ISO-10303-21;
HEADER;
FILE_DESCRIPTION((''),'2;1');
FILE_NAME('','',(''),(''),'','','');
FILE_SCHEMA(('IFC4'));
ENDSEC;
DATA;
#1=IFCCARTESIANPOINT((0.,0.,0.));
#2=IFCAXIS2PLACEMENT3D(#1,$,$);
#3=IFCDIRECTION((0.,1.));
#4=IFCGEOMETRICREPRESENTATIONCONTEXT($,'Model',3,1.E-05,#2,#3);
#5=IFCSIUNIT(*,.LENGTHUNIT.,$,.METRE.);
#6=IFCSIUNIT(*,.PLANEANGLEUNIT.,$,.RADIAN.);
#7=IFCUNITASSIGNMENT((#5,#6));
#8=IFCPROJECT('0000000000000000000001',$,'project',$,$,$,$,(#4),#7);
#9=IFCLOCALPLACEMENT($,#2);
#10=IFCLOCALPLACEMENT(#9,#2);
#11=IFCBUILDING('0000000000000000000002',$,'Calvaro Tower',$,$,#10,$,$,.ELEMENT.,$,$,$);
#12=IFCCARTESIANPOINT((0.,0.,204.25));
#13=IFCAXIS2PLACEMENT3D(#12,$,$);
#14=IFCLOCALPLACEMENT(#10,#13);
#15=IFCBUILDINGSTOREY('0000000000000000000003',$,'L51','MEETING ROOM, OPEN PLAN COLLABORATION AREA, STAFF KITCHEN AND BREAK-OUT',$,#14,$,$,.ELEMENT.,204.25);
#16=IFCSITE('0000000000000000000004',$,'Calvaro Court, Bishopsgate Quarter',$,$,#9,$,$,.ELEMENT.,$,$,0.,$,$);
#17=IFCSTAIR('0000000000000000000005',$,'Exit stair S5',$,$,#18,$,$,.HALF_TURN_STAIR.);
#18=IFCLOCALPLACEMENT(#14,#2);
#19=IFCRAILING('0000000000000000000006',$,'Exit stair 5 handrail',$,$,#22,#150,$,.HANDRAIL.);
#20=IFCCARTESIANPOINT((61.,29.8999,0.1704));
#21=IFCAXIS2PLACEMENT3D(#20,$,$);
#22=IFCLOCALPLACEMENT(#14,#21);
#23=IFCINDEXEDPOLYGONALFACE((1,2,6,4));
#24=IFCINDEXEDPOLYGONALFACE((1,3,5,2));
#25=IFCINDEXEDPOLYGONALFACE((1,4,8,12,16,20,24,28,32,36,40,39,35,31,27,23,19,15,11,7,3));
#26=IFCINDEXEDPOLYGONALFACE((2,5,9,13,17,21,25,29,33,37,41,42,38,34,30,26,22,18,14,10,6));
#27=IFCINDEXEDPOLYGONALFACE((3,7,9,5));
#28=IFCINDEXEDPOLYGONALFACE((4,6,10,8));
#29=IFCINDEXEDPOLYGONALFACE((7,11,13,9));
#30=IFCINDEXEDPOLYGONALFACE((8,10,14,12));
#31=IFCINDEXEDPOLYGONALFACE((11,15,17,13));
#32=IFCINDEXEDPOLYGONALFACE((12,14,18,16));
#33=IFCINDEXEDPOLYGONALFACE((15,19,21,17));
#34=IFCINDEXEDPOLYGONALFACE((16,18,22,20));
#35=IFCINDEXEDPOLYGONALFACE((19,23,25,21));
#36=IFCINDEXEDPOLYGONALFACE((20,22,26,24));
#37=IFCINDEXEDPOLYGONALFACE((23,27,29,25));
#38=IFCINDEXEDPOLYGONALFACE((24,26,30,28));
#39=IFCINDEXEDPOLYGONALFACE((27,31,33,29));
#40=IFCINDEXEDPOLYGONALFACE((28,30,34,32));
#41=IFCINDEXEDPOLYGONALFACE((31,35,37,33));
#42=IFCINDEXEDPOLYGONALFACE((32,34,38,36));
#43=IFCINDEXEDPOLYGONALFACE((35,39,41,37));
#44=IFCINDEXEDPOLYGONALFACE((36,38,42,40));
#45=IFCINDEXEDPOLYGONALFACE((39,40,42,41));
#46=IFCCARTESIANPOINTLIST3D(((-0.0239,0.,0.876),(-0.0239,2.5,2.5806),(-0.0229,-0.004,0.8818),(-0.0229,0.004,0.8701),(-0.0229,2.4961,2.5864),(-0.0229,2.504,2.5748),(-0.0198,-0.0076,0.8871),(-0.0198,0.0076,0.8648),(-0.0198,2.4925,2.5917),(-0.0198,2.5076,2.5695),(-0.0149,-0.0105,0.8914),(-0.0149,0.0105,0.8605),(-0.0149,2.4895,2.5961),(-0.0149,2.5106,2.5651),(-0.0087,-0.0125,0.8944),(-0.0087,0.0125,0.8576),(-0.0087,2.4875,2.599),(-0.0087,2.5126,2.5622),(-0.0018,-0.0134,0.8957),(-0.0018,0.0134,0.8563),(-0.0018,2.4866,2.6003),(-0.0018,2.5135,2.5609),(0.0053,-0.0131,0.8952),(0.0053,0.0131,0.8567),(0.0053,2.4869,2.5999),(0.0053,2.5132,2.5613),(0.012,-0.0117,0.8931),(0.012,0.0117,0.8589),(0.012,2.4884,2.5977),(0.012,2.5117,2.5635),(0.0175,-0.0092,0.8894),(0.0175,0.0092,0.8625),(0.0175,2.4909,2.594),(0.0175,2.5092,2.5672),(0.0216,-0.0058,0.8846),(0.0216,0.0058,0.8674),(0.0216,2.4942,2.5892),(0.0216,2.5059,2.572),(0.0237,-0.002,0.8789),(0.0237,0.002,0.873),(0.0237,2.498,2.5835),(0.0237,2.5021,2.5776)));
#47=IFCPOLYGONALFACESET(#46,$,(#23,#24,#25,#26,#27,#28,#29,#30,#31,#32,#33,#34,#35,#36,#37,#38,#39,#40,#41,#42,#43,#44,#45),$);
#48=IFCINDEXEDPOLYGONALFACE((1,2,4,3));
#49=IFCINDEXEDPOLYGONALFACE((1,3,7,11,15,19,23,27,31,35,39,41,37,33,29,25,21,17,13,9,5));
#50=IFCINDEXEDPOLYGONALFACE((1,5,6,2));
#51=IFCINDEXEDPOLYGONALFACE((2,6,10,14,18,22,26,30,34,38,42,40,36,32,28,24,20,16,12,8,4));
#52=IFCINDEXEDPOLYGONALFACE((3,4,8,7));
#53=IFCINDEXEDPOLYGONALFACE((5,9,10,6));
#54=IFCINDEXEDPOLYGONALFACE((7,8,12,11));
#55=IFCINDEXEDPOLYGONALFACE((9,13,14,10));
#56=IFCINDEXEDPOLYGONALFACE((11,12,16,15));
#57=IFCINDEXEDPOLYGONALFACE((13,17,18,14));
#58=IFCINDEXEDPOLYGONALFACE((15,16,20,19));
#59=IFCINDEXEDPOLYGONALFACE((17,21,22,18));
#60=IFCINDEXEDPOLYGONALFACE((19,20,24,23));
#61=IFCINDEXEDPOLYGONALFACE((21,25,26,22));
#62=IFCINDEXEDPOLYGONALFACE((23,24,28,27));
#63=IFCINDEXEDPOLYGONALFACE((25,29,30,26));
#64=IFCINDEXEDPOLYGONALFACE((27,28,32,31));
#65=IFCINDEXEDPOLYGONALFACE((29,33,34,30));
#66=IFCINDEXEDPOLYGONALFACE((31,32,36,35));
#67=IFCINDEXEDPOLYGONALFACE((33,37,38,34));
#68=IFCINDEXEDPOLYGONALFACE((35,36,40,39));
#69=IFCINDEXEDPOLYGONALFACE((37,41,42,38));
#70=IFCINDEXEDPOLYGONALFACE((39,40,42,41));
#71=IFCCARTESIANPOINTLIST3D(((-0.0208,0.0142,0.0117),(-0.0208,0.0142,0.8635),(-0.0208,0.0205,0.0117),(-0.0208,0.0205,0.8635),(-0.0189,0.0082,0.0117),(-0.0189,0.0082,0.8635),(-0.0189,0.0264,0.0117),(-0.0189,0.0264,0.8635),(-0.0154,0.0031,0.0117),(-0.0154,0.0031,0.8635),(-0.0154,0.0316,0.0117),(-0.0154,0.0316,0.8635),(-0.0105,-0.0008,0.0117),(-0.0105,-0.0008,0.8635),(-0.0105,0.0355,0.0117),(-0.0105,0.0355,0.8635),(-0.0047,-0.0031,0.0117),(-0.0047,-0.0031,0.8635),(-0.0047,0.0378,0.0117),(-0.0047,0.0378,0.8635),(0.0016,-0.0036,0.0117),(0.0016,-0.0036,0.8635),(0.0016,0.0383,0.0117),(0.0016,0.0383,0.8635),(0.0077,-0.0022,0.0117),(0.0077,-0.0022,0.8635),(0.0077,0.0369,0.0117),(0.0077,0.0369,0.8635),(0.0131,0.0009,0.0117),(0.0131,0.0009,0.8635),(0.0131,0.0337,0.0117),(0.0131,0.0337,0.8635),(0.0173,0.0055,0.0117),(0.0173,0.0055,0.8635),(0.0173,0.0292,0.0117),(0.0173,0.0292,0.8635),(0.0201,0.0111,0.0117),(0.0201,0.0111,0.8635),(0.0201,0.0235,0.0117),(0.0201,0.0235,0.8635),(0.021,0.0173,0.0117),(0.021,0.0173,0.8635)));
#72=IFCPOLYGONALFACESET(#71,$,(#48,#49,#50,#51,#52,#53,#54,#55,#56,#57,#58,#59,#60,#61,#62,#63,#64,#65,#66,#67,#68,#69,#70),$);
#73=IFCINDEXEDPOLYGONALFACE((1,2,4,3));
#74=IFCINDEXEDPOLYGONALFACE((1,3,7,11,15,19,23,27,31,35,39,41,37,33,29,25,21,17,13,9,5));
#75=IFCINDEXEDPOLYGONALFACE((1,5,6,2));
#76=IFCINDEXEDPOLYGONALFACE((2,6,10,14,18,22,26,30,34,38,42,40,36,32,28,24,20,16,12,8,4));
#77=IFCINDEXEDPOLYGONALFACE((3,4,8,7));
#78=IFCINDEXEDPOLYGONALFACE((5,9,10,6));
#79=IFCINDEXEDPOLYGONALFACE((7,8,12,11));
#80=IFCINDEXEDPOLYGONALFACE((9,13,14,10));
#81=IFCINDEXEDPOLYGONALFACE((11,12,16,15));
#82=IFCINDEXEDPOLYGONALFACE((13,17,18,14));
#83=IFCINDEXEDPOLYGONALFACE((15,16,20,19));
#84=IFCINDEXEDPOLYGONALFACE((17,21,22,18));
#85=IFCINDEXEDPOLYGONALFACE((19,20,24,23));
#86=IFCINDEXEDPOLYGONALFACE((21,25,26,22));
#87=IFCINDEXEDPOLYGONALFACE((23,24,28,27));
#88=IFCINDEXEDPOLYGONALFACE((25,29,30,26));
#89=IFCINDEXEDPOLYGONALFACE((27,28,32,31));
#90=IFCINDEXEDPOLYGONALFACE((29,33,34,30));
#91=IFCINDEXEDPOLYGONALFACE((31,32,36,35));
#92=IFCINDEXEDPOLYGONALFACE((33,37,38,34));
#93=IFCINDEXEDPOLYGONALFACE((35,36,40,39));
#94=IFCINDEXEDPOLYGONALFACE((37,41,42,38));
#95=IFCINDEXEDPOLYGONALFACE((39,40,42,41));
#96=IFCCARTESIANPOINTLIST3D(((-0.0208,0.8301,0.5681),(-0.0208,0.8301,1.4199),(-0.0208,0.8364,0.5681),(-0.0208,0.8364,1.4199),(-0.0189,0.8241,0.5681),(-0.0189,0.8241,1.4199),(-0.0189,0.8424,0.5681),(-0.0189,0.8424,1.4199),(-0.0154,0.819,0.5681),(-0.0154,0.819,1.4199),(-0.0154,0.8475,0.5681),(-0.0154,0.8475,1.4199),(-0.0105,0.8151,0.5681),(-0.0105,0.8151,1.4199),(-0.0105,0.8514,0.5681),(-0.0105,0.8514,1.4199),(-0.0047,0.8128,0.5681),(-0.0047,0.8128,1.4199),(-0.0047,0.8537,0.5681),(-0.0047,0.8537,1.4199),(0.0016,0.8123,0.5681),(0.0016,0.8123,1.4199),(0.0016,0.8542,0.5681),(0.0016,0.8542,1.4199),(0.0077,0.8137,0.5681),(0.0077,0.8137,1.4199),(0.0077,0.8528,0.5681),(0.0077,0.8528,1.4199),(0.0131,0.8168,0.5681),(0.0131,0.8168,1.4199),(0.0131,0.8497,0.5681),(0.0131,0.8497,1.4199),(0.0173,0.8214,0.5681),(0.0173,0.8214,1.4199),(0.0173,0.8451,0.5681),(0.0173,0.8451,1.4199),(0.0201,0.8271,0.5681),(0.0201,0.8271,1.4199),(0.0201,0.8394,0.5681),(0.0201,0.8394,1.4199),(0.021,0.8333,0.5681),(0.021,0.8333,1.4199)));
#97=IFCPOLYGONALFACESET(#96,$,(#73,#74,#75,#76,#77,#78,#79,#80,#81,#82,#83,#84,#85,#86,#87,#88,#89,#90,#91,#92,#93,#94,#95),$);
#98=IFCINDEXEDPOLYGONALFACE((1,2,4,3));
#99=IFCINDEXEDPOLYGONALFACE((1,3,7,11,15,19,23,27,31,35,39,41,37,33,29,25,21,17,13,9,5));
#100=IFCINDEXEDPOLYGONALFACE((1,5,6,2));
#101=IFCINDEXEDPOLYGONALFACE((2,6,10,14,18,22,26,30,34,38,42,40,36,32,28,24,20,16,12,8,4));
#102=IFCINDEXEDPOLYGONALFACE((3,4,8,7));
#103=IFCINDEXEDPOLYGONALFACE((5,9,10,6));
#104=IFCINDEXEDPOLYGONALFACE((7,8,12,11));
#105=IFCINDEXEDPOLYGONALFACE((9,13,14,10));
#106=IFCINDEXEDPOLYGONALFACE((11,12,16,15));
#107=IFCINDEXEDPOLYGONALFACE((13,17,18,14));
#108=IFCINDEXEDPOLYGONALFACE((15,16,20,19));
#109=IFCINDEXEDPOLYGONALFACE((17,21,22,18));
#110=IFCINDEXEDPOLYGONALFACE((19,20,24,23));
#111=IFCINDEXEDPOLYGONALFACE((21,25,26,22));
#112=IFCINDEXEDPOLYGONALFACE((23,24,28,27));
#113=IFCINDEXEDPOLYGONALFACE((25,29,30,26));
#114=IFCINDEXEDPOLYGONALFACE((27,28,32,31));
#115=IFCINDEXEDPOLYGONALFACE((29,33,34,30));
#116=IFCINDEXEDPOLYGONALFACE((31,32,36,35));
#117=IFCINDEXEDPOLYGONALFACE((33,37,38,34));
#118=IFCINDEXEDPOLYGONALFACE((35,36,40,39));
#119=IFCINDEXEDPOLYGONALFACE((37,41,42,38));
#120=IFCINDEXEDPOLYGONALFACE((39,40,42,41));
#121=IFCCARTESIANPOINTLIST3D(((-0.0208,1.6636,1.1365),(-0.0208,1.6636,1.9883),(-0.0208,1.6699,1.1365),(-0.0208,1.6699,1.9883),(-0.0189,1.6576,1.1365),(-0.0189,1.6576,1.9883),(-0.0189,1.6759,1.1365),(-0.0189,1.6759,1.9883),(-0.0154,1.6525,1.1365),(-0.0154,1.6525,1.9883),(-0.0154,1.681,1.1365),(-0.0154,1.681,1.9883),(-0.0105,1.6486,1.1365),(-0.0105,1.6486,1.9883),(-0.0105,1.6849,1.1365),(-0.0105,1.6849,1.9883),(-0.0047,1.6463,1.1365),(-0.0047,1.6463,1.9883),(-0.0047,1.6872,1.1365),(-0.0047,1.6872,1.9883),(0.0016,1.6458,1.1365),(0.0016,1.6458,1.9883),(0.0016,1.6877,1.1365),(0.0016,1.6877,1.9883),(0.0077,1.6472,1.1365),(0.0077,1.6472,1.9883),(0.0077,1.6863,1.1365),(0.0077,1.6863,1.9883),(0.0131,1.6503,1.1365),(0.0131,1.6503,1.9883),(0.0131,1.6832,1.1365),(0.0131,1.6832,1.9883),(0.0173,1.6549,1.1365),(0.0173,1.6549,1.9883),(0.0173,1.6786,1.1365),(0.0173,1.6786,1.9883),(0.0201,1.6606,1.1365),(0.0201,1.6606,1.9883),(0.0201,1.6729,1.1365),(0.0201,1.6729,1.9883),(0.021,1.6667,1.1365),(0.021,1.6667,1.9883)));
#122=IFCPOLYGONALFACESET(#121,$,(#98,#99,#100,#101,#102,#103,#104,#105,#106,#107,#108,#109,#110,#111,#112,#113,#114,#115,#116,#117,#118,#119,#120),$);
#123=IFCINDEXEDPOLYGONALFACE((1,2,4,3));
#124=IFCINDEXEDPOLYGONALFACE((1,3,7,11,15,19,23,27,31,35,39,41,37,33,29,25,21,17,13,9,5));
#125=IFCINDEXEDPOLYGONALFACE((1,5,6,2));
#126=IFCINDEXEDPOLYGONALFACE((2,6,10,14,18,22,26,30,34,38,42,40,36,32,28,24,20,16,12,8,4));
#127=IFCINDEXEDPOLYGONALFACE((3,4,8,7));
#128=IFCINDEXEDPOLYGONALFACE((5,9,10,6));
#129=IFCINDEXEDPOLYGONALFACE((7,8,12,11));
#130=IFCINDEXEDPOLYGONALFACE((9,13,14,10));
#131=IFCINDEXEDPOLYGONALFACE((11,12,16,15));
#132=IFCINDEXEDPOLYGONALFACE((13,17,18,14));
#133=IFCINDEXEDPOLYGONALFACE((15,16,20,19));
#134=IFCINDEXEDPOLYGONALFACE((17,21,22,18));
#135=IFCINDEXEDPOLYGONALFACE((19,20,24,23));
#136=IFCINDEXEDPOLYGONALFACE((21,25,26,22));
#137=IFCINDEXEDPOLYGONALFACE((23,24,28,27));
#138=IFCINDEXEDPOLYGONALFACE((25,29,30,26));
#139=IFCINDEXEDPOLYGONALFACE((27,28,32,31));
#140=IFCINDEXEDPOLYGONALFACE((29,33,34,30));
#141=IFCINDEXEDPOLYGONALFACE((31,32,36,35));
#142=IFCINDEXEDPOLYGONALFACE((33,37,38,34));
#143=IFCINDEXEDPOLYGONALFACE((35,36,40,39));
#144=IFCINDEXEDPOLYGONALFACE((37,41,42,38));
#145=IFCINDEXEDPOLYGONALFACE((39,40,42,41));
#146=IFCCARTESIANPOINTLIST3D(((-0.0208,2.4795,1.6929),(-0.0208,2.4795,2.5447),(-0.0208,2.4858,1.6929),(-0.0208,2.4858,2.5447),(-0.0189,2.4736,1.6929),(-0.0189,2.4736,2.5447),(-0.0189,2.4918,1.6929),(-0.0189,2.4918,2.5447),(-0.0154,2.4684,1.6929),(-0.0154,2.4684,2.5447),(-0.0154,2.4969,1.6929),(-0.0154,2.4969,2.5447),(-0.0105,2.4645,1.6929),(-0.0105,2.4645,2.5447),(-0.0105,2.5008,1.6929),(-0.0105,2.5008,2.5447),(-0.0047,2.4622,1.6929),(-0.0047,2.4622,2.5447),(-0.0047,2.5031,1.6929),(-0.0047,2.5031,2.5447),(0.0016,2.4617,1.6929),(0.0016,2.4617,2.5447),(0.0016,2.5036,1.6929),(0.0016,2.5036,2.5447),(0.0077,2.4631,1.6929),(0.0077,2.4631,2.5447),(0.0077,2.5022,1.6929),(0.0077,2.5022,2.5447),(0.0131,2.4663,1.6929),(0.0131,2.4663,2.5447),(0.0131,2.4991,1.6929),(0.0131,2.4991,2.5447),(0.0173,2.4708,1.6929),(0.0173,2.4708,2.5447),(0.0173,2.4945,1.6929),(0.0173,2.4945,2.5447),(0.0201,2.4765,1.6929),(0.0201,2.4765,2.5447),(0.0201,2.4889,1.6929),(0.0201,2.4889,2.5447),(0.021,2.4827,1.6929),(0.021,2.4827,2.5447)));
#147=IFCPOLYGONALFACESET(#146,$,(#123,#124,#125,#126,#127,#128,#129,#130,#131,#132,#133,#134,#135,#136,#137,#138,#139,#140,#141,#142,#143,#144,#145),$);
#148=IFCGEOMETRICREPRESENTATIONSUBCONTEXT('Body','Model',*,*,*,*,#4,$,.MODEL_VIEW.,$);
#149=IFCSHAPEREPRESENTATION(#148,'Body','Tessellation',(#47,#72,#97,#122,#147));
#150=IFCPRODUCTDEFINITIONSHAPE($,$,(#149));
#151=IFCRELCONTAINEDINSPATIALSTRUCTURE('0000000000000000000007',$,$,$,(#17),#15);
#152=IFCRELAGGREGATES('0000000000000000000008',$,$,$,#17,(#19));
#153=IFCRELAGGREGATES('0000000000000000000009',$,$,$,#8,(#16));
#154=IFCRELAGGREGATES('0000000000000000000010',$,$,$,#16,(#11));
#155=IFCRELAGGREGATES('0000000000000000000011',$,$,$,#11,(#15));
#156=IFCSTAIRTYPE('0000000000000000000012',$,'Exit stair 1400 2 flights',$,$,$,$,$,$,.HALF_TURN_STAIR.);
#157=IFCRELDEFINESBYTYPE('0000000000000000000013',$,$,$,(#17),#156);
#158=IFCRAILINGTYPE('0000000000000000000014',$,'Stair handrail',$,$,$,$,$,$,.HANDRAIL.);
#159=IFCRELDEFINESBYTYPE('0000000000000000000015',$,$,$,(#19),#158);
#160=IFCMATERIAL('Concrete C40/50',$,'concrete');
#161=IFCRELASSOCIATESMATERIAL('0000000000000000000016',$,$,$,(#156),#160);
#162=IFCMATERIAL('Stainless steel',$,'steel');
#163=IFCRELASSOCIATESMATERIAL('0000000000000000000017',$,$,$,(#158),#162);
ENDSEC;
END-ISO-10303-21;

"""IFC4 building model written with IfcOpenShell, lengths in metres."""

from ifc_helpers import new_model, si_unit, direction, frame, origin, origin_2d, place, context, subcontext, project, spatial, circle, extrude, material, type_object, element, aggregate, save


model = new_model("IFC4")

# Units and contexts
model_context = context("Model", 3, precision=1e-05, world=origin(), true_north=direction((0.0, 1.0)))
body_context = subcontext(model_context, "Body", "Model", "MODEL_VIEW")
ifc_project = project(units=[si_unit("LENGTHUNIT", "METRE"), si_unit("PLANEANGLEUNIT", "RADIAN")], contexts=[model_context])

# Site, building, storey
site_placement = place(None, origin())
site = spatial("IfcSite", under=ifc_project, at=site_placement, Name="Calvaro Court, Bishopsgate Quarter", CompositionType="ELEMENT", RefElevation=0.0)
building_placement = place(site_placement, origin())
building = spatial("IfcBuilding", under=site, at=building_placement, Name="Calvaro Tower", CompositionType="ELEMENT")
storey_placement = place(building_placement, frame((0.0, 0.0, 204.25)))
storey = spatial("IfcBuildingStorey", under=building, at=storey_placement, Name="L51", Description="MEETING ROOM, OPEN PLAN COLLABORATION AREA, STAFF KITCHEN AND BREAK-OUT", CompositionType="ELEMENT", Elevation=204.25)

# Stair
ifc_material_1 = material(Name="Concrete C40/50", Category="concrete")
stair_type = type_object("IfcStairType", Name="Exit stair 1400 2 flights", PredefinedType="HALF_TURN_STAIR", material=ifc_material_1)
stair_1_placement = place(storey_placement, origin())
stair_1 = element("IfcStair", 1, at=stair_1_placement, inside=storey, type_object=stair_type, Name="Exit stair S5", PredefinedType="HALF_TURN_STAIR")

# Railing
ifc_material_2 = material(Name="Stainless steel", Category="steel")
railing_type = type_object("IfcRailingType", Name="Stair handrail", PredefinedType="HANDRAIL", material=ifc_material_2)
railing_1_placement = place(storey_placement, frame((61.0, 29.8999, 0.1704)))
railing_1 = element("IfcRailing", 2, at=railing_1_placement, type_object=railing_type, Name="Exit stair 5 handrail", PredefinedType="HANDRAIL", context=body_context, shape_type="SweptSolid", body=[
    extrude(circle(Radius=0.0239, at=origin_2d()), frame((0.0, 0.0, 0.876), z_axis=(0.0, 0.826221, 0.563347), x_axis=(-1.0, 0.0, 0.0)), (0.0, 0.0, 1.0), 3.0259),
    extrude(circle(Radius=0.021, at=origin_2d()), frame((0.0, 0.0173, 0.0117)), (0.0, 0.0, 1.0), 0.8518),
    extrude(circle(Radius=0.021, at=origin_2d()), frame((0.0, 0.8333, 0.5681)), (0.0, 0.0, 1.0), 0.8518),
    extrude(circle(Radius=0.021, at=origin_2d()), frame((0.0, 1.6667, 1.1365)), (0.0, 0.0, 1.0), 0.8518),
    extrude(circle(Radius=0.021, at=origin_2d()), frame((0.0, 2.4827, 1.6929)), (0.0, 0.0, 1.0), 0.8518),
])
aggregate(stair_1, [railing_1])

save(model, "model.ifc")
